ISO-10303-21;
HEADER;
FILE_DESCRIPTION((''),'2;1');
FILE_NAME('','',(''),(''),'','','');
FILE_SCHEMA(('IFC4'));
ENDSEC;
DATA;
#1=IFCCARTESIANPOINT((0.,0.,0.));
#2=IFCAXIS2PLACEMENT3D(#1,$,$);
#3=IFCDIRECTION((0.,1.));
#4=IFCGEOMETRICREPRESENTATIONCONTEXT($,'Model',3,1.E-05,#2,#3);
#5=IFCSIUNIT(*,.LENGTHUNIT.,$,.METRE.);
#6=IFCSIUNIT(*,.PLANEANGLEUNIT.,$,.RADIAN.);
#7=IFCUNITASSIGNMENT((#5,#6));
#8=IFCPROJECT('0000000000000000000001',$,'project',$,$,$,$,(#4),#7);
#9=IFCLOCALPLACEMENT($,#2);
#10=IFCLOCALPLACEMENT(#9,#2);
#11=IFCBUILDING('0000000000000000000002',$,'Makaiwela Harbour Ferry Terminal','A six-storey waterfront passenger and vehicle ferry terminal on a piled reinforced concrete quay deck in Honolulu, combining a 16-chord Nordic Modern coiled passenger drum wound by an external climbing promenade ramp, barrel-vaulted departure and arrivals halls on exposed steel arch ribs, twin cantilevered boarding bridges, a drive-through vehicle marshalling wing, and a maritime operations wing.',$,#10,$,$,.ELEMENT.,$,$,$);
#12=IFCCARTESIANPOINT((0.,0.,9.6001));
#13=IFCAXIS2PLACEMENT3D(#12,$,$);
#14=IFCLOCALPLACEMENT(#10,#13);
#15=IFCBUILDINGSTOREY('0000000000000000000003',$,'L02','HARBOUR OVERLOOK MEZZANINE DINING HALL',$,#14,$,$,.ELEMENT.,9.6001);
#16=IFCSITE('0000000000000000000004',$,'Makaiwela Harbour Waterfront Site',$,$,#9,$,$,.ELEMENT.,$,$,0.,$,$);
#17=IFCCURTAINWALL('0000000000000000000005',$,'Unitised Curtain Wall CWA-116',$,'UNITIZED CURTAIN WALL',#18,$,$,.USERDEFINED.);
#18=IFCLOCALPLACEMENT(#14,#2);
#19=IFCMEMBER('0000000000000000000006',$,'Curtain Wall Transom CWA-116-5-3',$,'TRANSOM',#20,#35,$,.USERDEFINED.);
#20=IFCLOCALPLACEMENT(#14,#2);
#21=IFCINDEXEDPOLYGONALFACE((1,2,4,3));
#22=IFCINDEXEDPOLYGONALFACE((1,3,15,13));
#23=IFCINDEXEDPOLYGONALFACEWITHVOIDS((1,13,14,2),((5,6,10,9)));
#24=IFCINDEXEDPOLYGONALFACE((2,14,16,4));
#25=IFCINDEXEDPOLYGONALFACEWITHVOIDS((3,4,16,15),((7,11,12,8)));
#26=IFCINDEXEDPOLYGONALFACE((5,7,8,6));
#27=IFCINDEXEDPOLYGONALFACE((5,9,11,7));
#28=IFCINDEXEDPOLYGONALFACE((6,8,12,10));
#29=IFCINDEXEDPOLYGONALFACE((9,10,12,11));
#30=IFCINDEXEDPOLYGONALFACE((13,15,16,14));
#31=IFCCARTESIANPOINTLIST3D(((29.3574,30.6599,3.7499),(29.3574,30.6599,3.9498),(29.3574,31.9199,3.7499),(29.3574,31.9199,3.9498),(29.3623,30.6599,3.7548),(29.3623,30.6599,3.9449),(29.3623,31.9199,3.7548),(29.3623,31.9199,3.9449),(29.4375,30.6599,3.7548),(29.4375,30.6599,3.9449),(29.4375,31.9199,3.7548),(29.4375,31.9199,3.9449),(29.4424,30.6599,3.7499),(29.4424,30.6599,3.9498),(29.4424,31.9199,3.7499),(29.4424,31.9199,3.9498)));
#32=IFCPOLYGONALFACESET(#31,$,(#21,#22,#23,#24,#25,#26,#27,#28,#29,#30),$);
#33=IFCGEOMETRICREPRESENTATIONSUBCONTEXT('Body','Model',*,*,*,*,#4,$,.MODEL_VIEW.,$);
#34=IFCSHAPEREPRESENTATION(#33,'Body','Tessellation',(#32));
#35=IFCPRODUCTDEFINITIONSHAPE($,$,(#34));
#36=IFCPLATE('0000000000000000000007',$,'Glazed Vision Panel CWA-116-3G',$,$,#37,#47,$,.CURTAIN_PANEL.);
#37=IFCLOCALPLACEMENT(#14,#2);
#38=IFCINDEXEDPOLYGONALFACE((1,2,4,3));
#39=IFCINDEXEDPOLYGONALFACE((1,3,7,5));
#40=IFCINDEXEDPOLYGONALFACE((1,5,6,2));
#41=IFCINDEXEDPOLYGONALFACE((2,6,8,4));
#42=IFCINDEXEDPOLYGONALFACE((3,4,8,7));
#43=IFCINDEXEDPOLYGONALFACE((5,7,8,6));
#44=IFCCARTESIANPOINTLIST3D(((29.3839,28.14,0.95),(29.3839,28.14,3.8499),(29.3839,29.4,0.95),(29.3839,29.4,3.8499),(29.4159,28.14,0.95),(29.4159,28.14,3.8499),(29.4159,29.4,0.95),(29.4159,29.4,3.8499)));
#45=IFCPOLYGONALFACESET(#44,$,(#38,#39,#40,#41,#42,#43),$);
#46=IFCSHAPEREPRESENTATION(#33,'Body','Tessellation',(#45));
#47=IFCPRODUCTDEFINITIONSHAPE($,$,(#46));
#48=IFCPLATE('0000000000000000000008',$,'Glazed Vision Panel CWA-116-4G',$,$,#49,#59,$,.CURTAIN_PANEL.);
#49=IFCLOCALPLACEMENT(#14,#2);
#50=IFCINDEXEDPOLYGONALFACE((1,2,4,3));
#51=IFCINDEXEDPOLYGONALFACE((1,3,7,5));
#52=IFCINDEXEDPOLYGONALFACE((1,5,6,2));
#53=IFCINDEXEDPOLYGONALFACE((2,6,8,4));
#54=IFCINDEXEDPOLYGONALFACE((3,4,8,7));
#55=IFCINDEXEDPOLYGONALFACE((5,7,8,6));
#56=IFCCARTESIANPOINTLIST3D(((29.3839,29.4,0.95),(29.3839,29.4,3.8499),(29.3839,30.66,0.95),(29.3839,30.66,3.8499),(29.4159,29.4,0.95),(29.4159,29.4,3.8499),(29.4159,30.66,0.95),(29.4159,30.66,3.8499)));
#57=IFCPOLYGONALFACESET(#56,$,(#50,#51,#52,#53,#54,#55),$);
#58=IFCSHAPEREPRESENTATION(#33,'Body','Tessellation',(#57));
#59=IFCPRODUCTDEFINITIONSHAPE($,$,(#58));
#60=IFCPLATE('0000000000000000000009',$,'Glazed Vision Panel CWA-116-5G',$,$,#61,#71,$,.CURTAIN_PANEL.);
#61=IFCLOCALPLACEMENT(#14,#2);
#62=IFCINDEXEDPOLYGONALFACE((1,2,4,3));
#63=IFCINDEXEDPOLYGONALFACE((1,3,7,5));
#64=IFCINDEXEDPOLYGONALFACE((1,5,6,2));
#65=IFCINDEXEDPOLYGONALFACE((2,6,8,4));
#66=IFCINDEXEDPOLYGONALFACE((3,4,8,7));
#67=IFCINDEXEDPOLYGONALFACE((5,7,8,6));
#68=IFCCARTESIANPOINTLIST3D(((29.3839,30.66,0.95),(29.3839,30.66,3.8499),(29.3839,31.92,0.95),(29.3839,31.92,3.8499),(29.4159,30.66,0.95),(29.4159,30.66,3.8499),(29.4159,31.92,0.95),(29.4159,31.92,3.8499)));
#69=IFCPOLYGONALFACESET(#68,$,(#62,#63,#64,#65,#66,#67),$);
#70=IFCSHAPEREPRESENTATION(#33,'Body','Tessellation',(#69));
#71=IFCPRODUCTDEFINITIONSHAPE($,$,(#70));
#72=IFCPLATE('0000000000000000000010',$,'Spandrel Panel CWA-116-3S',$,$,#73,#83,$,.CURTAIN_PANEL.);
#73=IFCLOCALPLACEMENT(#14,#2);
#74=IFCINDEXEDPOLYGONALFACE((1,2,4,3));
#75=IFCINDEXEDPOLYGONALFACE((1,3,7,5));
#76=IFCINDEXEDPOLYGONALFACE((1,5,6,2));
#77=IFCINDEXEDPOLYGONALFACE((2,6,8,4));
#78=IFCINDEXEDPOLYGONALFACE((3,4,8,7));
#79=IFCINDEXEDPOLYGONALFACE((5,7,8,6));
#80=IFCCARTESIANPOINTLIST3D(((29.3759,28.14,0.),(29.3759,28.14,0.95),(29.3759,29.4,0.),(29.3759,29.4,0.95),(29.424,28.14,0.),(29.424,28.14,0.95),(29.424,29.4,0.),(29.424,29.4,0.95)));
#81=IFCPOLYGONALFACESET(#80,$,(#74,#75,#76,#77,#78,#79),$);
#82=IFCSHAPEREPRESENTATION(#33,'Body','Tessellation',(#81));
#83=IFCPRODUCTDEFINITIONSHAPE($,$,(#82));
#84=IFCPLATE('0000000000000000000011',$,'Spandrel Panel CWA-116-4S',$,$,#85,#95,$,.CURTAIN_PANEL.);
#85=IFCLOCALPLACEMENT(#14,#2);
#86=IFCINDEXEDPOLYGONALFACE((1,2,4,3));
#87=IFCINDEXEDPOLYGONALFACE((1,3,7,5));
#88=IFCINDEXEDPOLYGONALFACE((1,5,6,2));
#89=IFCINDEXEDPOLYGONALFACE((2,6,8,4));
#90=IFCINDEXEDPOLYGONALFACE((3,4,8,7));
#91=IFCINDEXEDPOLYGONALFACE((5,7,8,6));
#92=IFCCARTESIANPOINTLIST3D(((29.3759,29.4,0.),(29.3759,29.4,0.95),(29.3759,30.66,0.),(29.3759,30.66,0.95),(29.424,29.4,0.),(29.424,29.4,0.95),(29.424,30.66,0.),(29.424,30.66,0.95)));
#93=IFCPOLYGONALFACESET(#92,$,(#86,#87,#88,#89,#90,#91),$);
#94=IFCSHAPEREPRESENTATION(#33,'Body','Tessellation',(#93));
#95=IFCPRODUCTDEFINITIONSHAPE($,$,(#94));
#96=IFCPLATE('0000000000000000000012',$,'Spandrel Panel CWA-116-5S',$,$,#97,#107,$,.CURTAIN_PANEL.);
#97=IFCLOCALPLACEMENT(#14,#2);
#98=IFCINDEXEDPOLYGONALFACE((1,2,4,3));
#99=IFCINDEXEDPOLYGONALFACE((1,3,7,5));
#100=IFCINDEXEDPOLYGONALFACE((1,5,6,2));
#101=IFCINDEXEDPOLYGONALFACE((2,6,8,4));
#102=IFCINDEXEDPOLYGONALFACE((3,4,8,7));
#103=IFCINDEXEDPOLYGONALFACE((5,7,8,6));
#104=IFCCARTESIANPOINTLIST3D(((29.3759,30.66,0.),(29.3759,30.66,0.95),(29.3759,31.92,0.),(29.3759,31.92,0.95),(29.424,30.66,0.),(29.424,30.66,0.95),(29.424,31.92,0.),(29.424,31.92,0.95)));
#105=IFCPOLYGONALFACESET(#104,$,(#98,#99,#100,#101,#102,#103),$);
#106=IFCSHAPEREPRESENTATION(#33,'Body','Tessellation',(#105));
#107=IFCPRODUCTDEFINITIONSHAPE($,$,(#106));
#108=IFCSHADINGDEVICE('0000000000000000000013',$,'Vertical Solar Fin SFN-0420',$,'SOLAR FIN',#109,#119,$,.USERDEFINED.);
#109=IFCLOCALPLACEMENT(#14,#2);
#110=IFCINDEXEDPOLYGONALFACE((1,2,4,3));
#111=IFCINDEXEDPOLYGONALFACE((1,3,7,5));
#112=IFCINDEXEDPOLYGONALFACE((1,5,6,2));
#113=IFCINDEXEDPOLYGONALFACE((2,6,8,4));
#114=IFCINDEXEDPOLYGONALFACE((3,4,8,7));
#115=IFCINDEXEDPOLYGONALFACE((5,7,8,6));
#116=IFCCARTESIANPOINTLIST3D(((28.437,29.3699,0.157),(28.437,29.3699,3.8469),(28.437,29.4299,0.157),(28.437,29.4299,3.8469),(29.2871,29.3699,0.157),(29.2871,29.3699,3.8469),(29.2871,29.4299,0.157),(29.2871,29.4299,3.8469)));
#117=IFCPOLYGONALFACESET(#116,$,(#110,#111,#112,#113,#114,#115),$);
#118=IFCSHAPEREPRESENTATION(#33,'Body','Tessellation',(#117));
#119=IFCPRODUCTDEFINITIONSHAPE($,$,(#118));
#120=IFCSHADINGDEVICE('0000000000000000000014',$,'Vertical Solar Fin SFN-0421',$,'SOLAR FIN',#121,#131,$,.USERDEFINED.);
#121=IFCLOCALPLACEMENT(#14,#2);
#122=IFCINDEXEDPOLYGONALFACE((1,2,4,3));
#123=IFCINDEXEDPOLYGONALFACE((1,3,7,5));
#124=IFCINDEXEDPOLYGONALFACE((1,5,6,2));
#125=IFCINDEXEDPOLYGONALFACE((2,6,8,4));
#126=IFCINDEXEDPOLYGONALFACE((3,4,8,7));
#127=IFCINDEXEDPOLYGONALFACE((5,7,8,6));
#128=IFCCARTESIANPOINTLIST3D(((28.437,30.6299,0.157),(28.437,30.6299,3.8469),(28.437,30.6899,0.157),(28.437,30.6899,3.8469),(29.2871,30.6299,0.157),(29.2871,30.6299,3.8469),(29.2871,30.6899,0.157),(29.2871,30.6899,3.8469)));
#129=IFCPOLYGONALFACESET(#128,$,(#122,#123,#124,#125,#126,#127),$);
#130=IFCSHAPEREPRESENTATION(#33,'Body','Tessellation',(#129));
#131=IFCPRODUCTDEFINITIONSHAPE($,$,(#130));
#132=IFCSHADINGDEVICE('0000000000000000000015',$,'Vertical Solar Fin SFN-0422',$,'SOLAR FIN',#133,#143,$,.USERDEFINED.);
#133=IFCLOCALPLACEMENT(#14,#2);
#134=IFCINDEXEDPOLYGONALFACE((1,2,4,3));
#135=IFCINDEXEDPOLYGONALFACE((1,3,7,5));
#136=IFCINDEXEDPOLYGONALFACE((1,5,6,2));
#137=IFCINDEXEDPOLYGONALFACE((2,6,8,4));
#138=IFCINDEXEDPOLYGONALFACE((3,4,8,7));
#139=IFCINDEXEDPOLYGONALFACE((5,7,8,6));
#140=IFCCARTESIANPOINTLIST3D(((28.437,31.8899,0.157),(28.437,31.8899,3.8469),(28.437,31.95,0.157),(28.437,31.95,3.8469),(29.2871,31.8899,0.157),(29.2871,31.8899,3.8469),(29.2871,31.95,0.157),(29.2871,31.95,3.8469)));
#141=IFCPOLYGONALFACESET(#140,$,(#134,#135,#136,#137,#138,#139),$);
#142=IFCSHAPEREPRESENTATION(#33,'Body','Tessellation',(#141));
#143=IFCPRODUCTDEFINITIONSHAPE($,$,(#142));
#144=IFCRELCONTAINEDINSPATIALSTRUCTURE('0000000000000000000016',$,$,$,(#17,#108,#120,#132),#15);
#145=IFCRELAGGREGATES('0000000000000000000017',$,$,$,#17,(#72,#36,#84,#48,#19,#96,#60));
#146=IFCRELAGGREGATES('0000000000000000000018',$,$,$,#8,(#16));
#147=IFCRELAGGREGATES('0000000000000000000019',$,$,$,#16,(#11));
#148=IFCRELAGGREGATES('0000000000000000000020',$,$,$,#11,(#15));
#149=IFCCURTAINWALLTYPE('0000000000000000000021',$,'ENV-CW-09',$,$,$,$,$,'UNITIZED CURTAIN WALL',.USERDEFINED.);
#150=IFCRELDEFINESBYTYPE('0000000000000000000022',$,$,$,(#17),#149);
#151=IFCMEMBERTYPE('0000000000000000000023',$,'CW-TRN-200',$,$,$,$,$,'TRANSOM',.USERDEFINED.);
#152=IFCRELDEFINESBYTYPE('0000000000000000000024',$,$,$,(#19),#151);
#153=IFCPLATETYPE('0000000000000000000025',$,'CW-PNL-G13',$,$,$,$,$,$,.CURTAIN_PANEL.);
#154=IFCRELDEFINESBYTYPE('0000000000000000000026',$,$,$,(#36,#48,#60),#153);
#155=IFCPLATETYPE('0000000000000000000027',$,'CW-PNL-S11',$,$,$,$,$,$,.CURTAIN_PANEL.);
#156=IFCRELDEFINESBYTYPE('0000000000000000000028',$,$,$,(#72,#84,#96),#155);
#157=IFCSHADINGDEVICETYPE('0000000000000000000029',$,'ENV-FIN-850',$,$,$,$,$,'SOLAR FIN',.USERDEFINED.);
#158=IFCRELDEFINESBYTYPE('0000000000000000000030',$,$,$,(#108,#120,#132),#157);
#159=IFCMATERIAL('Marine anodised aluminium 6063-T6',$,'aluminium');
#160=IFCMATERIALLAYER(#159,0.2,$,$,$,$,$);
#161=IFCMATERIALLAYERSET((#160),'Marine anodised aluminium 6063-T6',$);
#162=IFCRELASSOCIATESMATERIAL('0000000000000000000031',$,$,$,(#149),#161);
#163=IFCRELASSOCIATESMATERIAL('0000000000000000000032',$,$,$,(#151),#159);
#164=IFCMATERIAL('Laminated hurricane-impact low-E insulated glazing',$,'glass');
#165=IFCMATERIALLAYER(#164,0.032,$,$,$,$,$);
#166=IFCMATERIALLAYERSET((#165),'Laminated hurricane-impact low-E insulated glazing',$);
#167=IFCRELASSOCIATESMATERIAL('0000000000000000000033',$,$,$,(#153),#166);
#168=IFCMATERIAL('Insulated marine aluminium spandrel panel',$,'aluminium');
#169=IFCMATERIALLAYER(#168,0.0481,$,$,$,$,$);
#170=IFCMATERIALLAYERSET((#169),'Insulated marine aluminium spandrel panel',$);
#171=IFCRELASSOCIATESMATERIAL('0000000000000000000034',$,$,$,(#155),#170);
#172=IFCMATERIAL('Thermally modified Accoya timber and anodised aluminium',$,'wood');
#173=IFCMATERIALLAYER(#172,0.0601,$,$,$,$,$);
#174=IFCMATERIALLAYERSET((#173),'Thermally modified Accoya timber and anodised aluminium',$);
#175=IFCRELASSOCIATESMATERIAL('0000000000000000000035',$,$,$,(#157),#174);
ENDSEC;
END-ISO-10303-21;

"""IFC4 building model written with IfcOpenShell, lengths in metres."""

from ifc_helpers import new_model, si_unit, direction, frame, origin, origin_2d, place, context, subcontext, project, spatial, rectangle, hollow_rectangle, extrude, material, layer, layer_set, material_profile, profile_set, type_object, element, aggregate, save


model = new_model("IFC4")

# Units and contexts
model_context = context("Model", 3, precision=1e-05, world=origin(), true_north=direction((0.0, 1.0)))
body_context = subcontext(model_context, "Body", "Model", "MODEL_VIEW")
ifc_project = project(units=[si_unit("LENGTHUNIT", "METRE"), si_unit("PLANEANGLEUNIT", "RADIAN")], contexts=[model_context])

# Site, building, storey
site_placement = place(None, origin())
site = spatial("IfcSite", under=ifc_project, at=site_placement, Name="Makaiwela Harbour Waterfront Site", CompositionType="ELEMENT", RefElevation=0.0)
building_placement = place(site_placement, origin())
building = spatial("IfcBuilding", under=site, at=building_placement, Name="Makaiwela Harbour Ferry Terminal", Description="A six-storey waterfront passenger and vehicle ferry terminal on a piled reinforced concrete quay deck in Honolulu, combining a 16-chord Nordic Modern coiled passenger drum wound by an external climbing promenade ramp, barrel-vaulted departure and arrivals halls on exposed steel arch ribs, twin cantilevered boarding bridges, a drive-through vehicle marshalling wing, and a maritime operations wing.", CompositionType="ELEMENT")
storey_placement = place(building_placement, frame((0.0, 0.0, 9.6001)))
storey = spatial("IfcBuildingStorey", under=building, at=storey_placement, Name="L02", Description="HARBOUR OVERLOOK MEZZANINE DINING HALL", CompositionType="ELEMENT", Elevation=9.6001)

# Curtain wall, member, plates
ifc_material_1 = material(Name="Marine anodised aluminium 6063-T6", Category="aluminium")
ifc_layer_1 = layer(ifc_material_1, 0.2)
ifc_layer_set_1 = layer_set([ifc_layer_1], Name="Marine anodised aluminium 6063-T6")
curtain_wall_type = type_object("IfcCurtainWallType", Name="ENV-CW-09", ElementType="UNITIZED CURTAIN WALL", PredefinedType="USERDEFINED", material=ifc_layer_set_1)
curtain_wall_placement = place(storey_placement, origin())
curtain_wall = element("IfcCurtainWall", 1, at=curtain_wall_placement, inside=storey, type_object=curtain_wall_type, Name="Unitised Curtain Wall CWA-116", ObjectType="UNITIZED CURTAIN WALL", PredefinedType="USERDEFINED")
ifc_material_profile_1 = material_profile(ifc_material_1, hollow_rectangle(XDim=0.085, YDim=0.2, WallThickness=0.0049, at=origin_2d()), Name="CWT-200X85")
ifc_profile_set_1 = profile_set([ifc_material_profile_1], Name="Marine anodised aluminium 6063-T6")
member_type_1 = type_object("IfcMemberType", Name="CW-TRN-200", ElementType="TRANSOM", PredefinedType="USERDEFINED", material=ifc_profile_set_1)
member_1_placement = place(storey_placement, frame((29.3999, 30.6599, 3.8499), z_axis=(0.0, 1.0, 0.0), x_axis=(-1.0, 0.0, 0.0)))
member_1 = element("IfcMember", 2, at=member_1_placement, type_object=member_type_1, Name="Curtain Wall Transom CWA-116-5-3", ObjectType="TRANSOM", PredefinedType="USERDEFINED", context=body_context, shape_type="SweptSolid", body=[
    extrude(hollow_rectangle(XDim=0.085, YDim=0.2, WallThickness=0.0049, at=origin_2d()), origin(), (0.0, 0.0, 1.0), 1.26),
])
ifc_material_2 = material(Name="Laminated hurricane-impact low-E insulated glazing", Category="glass")
ifc_layer_2 = layer(ifc_material_2, 0.032)
ifc_layer_set_2 = layer_set([ifc_layer_2], Name="Laminated hurricane-impact low-E insulated glazing")
plate_type_1 = type_object("IfcPlateType", Name="CW-PNL-G13", PredefinedType="CURTAIN_PANEL", material=ifc_layer_set_2)
plate_1_placement = place(storey_placement, frame((29.3999, 28.77, 0.95), z_axis=(0.0, 0.0, 1.0), x_axis=(0.0, 1.0, 0.0)))
plate_1 = element("IfcPlate", 3, at=plate_1_placement, type_object=plate_type_1, Name="Glazed Vision Panel CWA-116-3G", PredefinedType="CURTAIN_PANEL", context=body_context, shape_type="SweptSolid", body=[
    extrude(rectangle(XDim=1.26, YDim=0.032, at=origin_2d()), origin(), (0.0, 0.0, 1.0), 2.8999),
])
plate_2_placement = place(storey_placement, frame((29.3999, 30.03, 0.95), z_axis=(0.0, 0.0, 1.0), x_axis=(0.0, 1.0, 0.0)))
plate_2 = element("IfcPlate", 4, at=plate_2_placement, type_object=plate_type_1, Name="Glazed Vision Panel CWA-116-4G", PredefinedType="CURTAIN_PANEL", context=body_context, shape_type="SweptSolid", body=[
    extrude(rectangle(XDim=1.26, YDim=0.032, at=origin_2d()), origin(), (0.0, 0.0, 1.0), 2.8999),
])
plate_3_placement = place(storey_placement, frame((29.3999, 31.29, 0.95), z_axis=(0.0, 0.0, 1.0), x_axis=(0.0, 1.0, 0.0)))
plate_3 = element("IfcPlate", 5, at=plate_3_placement, type_object=plate_type_1, Name="Glazed Vision Panel CWA-116-5G", PredefinedType="CURTAIN_PANEL", context=body_context, shape_type="SweptSolid", body=[
    extrude(rectangle(XDim=1.26, YDim=0.032, at=origin_2d()), origin(), (0.0, 0.0, 1.0), 2.8999),
])
ifc_material_3 = material(Name="Insulated marine aluminium spandrel panel", Category="aluminium")
ifc_layer_3 = layer(ifc_material_3, 0.0481)
ifc_layer_set_3 = layer_set([ifc_layer_3], Name="Insulated marine aluminium spandrel panel")
plate_type_2 = type_object("IfcPlateType", Name="CW-PNL-S11", PredefinedType="CURTAIN_PANEL", material=ifc_layer_set_3)
plate_4_placement = place(storey_placement, frame((29.3999, 28.77, 0.0), z_axis=(0.0, 0.0, 1.0), x_axis=(0.0, 1.0, 0.0)))
plate_4 = element("IfcPlate", 6, at=plate_4_placement, type_object=plate_type_2, Name="Spandrel Panel CWA-116-3S", PredefinedType="CURTAIN_PANEL", context=body_context, shape_type="SweptSolid", body=[
    extrude(rectangle(XDim=1.26, YDim=0.0481, at=origin_2d()), origin(), (0.0, 0.0, 1.0), 0.95),
])
plate_5_placement = place(storey_placement, frame((29.3999, 30.03, 0.0), z_axis=(0.0, 0.0, 1.0), x_axis=(0.0, 1.0, 0.0)))
plate_5 = element("IfcPlate", 7, at=plate_5_placement, type_object=plate_type_2, Name="Spandrel Panel CWA-116-4S", PredefinedType="CURTAIN_PANEL", context=body_context, shape_type="SweptSolid", body=[
    extrude(rectangle(XDim=1.26, YDim=0.0481, at=origin_2d()), origin(), (0.0, 0.0, 1.0), 0.95),
])
plate_6_placement = place(storey_placement, frame((29.3999, 31.29, 0.0), z_axis=(0.0, 0.0, 1.0), x_axis=(0.0, 1.0, 0.0)))
plate_6 = element("IfcPlate", 8, at=plate_6_placement, type_object=plate_type_2, Name="Spandrel Panel CWA-116-5S", PredefinedType="CURTAIN_PANEL", context=body_context, shape_type="SweptSolid", body=[
    extrude(rectangle(XDim=1.26, YDim=0.0481, at=origin_2d()), origin(), (0.0, 0.0, 1.0), 0.95),
])
aggregate(curtain_wall, [plate_4, plate_1, plate_5, plate_2, member_1, plate_6, plate_3])

# Shading devices
ifc_material_4 = material(Name="Thermally modified Accoya timber and anodised aluminium", Category="wood")
ifc_layer_4 = layer(ifc_material_4, 0.0601)
ifc_layer_set_4 = layer_set([ifc_layer_4], Name="Thermally modified Accoya timber and anodised aluminium")
shading_device_type = type_object("IfcShadingDeviceType", Name="ENV-FIN-850", ElementType="SOLAR FIN", PredefinedType="USERDEFINED", material=ifc_layer_set_4)
for number, where, z_axis, x_axis, name in (
    (9, (28.8621, 29.3999, 0.157), (0.0, 0.0, 1.0), (-1.0, 0.0, 0.0), "Vertical Solar Fin SFN-0420"),
    (10, (28.8621, 30.6599, 0.157), (0.0, 0.0, 1.0), (-1.0, 0.0, 0.0), "Vertical Solar Fin SFN-0421"),
    (11, (28.8621, 31.9199, 0.157), (0.0, 0.0, 1.0), (-1.0, 0.0, 0.0), "Vertical Solar Fin SFN-0422"),
):
    element("IfcShadingDevice", number, at=place(storey_placement, frame(where, z_axis=z_axis, x_axis=x_axis)), inside=storey, type_object=shading_device_type, Name=name, ObjectType="SOLAR FIN", PredefinedType="USERDEFINED", context=body_context, shape_type="SweptSolid", body=[
        extrude(rectangle(XDim=0.8501, YDim=0.0601, at=origin_2d()), origin(), (0.0, 0.0, 1.0), 3.6899),
    ])

save(model, "model.ifc")
